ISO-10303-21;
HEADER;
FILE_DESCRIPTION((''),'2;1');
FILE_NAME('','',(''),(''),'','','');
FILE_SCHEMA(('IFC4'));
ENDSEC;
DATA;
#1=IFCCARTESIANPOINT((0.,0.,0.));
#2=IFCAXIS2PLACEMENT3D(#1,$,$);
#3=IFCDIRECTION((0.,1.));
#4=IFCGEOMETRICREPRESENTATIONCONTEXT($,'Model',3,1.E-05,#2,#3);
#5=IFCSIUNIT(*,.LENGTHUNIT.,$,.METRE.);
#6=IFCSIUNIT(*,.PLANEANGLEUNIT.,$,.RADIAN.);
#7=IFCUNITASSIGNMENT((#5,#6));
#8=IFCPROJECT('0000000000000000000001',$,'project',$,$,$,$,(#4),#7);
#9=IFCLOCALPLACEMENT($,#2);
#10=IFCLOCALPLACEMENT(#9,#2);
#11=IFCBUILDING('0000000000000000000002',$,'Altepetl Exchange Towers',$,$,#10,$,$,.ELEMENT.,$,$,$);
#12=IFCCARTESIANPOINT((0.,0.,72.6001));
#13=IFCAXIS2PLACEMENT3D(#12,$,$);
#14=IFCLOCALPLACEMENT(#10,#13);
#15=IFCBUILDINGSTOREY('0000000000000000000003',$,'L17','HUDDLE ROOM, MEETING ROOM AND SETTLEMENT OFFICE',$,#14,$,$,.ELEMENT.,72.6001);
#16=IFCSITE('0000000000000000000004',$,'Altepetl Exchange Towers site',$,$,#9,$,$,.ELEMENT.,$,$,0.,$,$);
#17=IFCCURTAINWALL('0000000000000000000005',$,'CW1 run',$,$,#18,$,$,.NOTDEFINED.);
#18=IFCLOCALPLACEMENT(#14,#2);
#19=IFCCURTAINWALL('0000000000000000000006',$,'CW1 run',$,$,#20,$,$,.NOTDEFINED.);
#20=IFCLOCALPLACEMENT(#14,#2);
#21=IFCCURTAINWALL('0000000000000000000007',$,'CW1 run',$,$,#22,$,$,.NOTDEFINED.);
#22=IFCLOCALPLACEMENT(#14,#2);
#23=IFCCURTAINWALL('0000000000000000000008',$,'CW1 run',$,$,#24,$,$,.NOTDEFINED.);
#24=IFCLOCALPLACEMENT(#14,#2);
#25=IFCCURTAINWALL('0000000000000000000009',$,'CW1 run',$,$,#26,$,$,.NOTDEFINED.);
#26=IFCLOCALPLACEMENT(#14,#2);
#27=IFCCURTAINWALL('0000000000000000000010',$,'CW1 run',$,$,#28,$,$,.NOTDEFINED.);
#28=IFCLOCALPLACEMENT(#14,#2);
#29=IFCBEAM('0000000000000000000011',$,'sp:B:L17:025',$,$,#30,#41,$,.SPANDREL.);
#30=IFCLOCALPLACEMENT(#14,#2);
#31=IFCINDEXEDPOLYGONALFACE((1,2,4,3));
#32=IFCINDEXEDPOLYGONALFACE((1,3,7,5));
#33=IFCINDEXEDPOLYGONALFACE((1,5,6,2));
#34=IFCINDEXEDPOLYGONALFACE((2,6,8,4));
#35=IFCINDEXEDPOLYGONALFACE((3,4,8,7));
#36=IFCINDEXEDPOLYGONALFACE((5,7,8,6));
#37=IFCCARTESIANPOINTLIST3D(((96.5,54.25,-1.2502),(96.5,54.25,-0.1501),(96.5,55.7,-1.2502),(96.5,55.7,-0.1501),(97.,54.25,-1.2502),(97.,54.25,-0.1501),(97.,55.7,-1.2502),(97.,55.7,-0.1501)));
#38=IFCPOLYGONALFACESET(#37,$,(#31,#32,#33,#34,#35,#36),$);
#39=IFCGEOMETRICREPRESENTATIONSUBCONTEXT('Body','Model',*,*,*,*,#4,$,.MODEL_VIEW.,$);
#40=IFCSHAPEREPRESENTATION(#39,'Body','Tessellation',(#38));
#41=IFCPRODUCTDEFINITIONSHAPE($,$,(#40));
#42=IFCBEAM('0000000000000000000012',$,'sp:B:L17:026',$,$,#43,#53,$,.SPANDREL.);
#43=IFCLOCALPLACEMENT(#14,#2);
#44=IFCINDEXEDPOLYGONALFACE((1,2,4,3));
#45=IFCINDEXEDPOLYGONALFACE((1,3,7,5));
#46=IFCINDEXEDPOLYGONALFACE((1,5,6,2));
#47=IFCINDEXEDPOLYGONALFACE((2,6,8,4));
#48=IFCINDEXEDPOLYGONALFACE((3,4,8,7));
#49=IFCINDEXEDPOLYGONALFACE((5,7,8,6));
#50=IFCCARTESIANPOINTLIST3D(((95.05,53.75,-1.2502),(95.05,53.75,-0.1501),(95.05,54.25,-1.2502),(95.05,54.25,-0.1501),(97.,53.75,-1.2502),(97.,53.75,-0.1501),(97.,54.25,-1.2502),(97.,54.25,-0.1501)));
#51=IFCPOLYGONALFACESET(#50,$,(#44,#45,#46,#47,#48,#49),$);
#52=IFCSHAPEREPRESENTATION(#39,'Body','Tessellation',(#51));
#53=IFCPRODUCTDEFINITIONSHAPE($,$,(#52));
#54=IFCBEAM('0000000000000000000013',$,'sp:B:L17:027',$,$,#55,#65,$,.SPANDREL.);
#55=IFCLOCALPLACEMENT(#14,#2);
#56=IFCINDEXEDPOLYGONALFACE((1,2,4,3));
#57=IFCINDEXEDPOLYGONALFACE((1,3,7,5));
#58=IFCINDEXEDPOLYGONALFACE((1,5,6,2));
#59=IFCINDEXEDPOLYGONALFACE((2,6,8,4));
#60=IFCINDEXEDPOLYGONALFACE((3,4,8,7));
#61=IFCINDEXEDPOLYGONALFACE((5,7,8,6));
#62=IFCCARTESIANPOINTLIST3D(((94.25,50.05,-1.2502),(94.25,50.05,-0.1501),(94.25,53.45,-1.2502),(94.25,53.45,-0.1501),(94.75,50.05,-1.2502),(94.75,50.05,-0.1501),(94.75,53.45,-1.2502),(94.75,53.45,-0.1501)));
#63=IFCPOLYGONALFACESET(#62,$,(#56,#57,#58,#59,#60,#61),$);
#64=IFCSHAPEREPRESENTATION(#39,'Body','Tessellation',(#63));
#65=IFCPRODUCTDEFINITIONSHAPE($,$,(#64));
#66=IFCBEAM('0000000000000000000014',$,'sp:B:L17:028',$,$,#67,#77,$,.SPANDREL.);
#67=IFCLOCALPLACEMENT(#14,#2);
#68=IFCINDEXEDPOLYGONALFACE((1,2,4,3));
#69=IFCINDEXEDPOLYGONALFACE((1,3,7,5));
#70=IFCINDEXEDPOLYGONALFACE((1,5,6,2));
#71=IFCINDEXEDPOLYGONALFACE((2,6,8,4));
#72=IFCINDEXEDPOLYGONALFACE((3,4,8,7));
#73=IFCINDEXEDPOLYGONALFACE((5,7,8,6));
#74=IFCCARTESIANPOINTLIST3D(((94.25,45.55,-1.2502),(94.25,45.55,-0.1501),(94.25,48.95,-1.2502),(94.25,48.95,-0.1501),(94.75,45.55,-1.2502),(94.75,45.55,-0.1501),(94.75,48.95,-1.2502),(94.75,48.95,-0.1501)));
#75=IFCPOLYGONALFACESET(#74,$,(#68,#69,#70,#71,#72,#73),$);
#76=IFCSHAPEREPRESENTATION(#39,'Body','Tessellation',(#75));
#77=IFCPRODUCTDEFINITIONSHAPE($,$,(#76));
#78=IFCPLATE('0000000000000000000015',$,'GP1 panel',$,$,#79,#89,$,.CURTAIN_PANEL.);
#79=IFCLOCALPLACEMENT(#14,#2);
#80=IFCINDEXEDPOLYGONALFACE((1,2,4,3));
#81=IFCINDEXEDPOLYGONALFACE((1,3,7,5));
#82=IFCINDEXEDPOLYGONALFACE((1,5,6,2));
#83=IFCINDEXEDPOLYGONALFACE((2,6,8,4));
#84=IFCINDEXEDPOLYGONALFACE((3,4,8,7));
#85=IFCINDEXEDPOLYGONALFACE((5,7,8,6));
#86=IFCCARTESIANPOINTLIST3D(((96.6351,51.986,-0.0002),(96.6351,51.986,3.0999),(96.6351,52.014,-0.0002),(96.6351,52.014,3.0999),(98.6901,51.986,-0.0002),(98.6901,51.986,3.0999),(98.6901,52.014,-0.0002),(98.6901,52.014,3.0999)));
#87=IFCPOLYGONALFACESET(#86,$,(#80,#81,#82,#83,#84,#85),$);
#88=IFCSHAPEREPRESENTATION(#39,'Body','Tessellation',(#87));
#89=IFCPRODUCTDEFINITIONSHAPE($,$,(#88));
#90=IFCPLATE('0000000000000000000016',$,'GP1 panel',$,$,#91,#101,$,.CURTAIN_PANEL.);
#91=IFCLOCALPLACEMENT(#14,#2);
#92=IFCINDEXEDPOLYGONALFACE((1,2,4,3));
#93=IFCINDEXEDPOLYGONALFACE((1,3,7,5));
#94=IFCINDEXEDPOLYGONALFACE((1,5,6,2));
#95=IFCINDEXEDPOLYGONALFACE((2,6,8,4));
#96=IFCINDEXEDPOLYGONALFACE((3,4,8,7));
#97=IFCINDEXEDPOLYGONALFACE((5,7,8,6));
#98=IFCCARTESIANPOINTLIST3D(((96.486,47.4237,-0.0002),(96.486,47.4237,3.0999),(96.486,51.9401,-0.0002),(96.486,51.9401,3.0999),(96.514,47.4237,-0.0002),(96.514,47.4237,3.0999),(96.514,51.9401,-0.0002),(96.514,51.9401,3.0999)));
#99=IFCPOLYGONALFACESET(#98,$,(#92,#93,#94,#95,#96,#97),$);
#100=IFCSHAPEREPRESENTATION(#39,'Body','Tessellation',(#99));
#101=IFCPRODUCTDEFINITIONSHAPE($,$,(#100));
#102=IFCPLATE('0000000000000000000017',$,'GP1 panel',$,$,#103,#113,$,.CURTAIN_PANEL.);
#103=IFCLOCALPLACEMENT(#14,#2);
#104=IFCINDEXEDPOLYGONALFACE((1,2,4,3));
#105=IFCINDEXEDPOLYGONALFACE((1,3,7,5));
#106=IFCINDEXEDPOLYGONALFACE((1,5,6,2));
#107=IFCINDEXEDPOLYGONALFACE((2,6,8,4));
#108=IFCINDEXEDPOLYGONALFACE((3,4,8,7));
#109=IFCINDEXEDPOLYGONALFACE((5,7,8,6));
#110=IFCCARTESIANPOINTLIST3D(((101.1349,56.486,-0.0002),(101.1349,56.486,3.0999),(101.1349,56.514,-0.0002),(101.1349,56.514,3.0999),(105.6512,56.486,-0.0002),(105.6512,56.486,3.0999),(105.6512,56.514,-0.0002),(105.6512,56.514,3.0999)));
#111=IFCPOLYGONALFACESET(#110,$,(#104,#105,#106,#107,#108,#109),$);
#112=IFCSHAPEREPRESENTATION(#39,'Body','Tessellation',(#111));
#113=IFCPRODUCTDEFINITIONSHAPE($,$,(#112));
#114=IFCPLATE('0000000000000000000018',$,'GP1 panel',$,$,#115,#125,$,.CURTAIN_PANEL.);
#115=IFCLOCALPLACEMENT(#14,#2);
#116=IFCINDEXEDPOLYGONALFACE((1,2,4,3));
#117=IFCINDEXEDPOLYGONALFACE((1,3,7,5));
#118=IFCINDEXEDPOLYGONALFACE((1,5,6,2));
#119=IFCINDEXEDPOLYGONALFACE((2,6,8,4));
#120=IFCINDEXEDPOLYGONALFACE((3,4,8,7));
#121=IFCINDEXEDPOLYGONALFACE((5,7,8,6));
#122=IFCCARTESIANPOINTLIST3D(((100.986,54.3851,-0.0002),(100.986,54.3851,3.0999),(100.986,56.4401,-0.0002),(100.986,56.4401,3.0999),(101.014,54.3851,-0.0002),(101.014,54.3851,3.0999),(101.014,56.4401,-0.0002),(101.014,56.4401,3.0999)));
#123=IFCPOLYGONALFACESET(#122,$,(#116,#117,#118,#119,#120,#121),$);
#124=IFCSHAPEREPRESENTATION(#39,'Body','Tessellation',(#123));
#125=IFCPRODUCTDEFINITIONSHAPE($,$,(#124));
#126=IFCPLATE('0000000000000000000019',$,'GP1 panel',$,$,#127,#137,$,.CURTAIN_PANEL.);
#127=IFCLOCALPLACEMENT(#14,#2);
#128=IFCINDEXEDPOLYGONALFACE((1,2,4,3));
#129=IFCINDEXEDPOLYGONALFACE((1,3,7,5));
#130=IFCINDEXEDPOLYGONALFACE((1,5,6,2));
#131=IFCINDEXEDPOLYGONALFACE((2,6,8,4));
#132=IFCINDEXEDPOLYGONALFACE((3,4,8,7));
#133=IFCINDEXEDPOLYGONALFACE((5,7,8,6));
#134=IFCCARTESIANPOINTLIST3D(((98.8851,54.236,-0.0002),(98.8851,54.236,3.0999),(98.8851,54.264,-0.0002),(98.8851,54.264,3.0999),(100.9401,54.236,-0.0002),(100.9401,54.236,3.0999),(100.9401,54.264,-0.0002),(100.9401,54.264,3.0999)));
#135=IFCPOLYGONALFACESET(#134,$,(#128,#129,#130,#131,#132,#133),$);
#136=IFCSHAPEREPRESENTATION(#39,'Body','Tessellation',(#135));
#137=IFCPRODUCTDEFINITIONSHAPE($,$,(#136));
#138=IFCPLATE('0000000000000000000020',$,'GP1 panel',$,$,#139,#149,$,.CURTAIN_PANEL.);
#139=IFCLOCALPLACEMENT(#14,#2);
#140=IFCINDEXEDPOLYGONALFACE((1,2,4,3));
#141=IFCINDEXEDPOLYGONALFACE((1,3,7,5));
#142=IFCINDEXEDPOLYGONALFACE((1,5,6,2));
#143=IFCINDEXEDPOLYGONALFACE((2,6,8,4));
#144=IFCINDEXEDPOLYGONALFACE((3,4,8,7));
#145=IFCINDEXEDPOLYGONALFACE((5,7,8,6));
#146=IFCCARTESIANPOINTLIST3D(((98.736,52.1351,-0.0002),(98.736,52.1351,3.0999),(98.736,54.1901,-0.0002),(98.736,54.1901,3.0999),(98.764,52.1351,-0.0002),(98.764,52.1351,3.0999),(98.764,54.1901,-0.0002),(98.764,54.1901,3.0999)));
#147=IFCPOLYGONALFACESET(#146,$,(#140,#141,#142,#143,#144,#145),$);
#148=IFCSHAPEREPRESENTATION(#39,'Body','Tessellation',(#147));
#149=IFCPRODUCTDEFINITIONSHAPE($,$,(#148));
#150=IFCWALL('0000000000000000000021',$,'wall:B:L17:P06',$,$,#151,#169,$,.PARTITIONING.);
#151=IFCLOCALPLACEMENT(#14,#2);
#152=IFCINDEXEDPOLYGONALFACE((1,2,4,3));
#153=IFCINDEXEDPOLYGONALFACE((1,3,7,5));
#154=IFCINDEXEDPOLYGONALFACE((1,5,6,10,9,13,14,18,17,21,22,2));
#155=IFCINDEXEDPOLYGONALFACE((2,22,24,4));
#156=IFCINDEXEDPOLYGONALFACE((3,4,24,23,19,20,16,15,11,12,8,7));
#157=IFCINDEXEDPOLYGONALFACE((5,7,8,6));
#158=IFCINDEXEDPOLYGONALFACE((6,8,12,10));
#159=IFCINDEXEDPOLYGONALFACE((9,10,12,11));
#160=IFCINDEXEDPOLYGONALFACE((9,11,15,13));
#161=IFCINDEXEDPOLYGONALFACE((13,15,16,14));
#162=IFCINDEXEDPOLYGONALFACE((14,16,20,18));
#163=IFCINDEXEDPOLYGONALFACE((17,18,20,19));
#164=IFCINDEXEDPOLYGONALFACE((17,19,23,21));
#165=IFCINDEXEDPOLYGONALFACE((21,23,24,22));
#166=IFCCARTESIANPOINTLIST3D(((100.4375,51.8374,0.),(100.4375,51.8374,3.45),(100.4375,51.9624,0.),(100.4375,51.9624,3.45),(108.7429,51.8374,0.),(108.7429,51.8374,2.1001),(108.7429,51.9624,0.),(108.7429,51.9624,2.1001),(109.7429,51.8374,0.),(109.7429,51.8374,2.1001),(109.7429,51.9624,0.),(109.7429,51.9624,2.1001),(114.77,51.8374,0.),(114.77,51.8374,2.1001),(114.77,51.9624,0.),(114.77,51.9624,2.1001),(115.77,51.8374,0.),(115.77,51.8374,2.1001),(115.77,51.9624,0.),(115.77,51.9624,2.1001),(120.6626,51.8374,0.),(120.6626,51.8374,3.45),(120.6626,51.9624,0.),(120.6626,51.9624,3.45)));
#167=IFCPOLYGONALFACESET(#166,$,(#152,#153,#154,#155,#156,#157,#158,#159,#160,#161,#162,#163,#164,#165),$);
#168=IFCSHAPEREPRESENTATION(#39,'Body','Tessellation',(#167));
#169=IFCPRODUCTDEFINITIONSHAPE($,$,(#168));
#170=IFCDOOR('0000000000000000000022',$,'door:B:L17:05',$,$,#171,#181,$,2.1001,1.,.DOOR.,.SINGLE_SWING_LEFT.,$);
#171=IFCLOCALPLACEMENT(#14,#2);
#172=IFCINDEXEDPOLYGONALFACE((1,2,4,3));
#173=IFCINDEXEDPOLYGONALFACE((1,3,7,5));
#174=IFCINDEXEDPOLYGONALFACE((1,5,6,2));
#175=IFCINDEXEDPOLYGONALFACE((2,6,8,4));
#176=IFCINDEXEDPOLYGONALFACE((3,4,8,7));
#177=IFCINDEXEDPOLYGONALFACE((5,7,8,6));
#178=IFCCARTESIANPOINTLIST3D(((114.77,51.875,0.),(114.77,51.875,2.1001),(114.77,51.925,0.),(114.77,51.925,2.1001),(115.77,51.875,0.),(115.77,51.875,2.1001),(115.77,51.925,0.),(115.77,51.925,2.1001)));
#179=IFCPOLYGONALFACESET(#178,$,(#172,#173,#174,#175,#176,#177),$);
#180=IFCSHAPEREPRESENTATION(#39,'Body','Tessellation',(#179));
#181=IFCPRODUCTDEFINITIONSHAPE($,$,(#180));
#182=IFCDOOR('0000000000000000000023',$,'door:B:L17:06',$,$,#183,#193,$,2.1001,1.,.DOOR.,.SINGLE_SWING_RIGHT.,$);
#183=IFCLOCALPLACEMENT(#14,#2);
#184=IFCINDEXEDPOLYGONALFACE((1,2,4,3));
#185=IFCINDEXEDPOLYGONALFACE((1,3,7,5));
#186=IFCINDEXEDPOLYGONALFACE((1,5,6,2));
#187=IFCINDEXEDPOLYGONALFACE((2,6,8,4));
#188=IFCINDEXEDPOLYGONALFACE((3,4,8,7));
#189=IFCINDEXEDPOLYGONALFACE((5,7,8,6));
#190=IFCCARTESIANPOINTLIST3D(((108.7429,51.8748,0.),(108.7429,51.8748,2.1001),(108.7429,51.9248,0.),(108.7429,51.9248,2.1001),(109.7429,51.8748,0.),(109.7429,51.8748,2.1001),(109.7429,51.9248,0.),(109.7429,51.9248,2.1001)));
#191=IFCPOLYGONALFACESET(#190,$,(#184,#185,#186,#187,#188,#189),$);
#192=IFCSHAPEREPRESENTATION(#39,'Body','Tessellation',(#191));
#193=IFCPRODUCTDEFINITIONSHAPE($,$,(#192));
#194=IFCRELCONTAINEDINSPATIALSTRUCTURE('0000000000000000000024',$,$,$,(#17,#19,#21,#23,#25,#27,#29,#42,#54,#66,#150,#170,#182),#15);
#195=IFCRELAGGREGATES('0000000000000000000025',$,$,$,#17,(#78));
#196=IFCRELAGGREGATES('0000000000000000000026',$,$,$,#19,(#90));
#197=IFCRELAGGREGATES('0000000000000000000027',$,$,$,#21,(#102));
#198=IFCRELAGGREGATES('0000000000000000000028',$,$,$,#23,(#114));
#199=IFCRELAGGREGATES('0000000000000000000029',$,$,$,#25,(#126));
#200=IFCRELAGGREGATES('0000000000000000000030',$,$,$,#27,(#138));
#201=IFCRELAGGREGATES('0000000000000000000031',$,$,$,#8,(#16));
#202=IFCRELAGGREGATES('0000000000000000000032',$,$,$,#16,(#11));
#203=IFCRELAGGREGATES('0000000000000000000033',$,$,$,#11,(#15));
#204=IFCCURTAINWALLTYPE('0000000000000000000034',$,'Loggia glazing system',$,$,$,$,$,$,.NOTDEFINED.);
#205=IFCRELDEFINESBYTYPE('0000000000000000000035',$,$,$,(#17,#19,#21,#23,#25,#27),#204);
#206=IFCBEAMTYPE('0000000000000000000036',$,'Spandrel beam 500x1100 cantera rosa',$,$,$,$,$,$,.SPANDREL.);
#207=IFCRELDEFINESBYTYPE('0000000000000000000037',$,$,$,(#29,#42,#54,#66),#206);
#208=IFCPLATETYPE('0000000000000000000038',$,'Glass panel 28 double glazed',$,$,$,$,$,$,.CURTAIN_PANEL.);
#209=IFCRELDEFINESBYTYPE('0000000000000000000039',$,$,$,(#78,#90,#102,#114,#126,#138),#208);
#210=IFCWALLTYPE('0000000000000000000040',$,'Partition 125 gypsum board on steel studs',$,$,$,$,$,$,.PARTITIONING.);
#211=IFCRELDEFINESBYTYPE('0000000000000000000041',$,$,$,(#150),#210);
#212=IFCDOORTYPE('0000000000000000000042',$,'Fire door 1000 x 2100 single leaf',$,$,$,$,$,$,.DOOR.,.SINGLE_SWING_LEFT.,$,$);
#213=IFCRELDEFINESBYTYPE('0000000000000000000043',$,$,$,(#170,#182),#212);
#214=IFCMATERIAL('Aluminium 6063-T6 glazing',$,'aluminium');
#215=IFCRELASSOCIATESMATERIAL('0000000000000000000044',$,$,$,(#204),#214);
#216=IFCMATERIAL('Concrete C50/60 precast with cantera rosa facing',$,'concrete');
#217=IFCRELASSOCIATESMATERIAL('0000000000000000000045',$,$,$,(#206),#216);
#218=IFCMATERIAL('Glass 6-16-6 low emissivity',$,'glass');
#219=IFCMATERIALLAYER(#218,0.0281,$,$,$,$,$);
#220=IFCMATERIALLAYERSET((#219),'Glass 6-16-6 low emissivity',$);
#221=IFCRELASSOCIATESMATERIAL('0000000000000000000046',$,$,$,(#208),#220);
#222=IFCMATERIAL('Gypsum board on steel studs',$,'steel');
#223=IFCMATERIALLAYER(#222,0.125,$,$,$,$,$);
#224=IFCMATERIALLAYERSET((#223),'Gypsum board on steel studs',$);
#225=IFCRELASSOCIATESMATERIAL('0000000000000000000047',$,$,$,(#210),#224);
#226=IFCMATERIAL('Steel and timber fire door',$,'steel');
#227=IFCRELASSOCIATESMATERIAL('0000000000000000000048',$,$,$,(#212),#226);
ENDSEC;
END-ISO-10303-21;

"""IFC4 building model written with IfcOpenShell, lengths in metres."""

from ifc_helpers import new_model, si_unit, direction, frame, frame_2d, origin, origin_2d, place, context, subcontext, project, spatial, rectangle, extrude, material, layer, layer_set, material_profile, profile_set, type_object, element, fill, aggregate, save


model = new_model("IFC4")

# Units and contexts
model_context = context("Model", 3, precision=1e-05, world=origin(), true_north=direction((0.0, 1.0)))
body_context = subcontext(model_context, "Body", "Model", "MODEL_VIEW")
ifc_project = project(units=[si_unit("LENGTHUNIT", "METRE"), si_unit("PLANEANGLEUNIT", "RADIAN")], contexts=[model_context])

# Site, building, storey
site_placement = place(None, origin())
site = spatial("IfcSite", under=ifc_project, at=site_placement, Name="Altepetl Exchange Towers site", CompositionType="ELEMENT", RefElevation=0.0)
building_placement = place(site_placement, origin())
building = spatial("IfcBuilding", under=site, at=building_placement, Name="Altepetl Exchange Towers", CompositionType="ELEMENT")
storey_placement = place(building_placement, frame((0.0, 0.0, 72.6001)))
storey = spatial("IfcBuildingStorey", under=building, at=storey_placement, Name="L17", Description="HUDDLE ROOM, MEETING ROOM AND SETTLEMENT OFFICE", CompositionType="ELEMENT", Elevation=72.6001)

# Curtain walls
ifc_material_1 = material(Name="Aluminium 6063-T6 glazing", Category="aluminium")
curtain_wall_type = type_object("IfcCurtainWallType", Name="Loggia glazing system", PredefinedType="NOTDEFINED", material=ifc_material_1)
curtain_wall_1_placement = place(storey_placement, origin())
curtain_wall_1 = element("IfcCurtainWall", 1, at=curtain_wall_1_placement, inside=storey, type_object=curtain_wall_type, Name="CW1 run", PredefinedType="NOTDEFINED")
curtain_wall_2_placement = place(storey_placement, origin())
curtain_wall_2 = element("IfcCurtainWall", 2, at=curtain_wall_2_placement, inside=storey, type_object=curtain_wall_type, Name="CW1 run", PredefinedType="NOTDEFINED")

# Curtain wall
curtain_wall_3_placement = place(storey_placement, origin())
curtain_wall_3 = element("IfcCurtainWall", 3, at=curtain_wall_3_placement, inside=storey, type_object=curtain_wall_type, Name="CW1 run", PredefinedType="NOTDEFINED")

# Curtain walls
curtain_wall_4_placement = place(storey_placement, origin())
curtain_wall_4 = element("IfcCurtainWall", 4, at=curtain_wall_4_placement, inside=storey, type_object=curtain_wall_type, Name="CW1 run", PredefinedType="NOTDEFINED")
curtain_wall_5_placement = place(storey_placement, origin())
curtain_wall_5 = element("IfcCurtainWall", 5, at=curtain_wall_5_placement, inside=storey, type_object=curtain_wall_type, Name="CW1 run", PredefinedType="NOTDEFINED")
curtain_wall_6_placement = place(storey_placement, origin())
curtain_wall_6 = element("IfcCurtainWall", 6, at=curtain_wall_6_placement, inside=storey, type_object=curtain_wall_type, Name="CW1 run", PredefinedType="NOTDEFINED")

# Beams
ifc_material_2 = material(Name="Concrete C50/60 precast with cantera rosa facing", Category="concrete")
ifc_material_profile_1 = material_profile(ifc_material_2, rectangle(XDim=0.5, YDim=1.1001, at=origin_2d()), Name="500 x 1100")
ifc_profile_set_1 = profile_set([ifc_material_profile_1], Name="Concrete C50/60 precast with cantera rosa facing")
beam_type_1 = type_object("IfcBeamType", Name="Spandrel beam 500x1100 cantera rosa", PredefinedType="SPANDREL", material=ifc_profile_set_1)
beam_1_placement = place(storey_placement, frame((96.75, 55.7, -0.7002), z_axis=(0.0, -1.0, 0.0), x_axis=(1.0, 0.0, 0.0)))
element("IfcBeam", 7, at=beam_1_placement, inside=storey, type_object=beam_type_1, Name="sp:B:L17:025", PredefinedType="SPANDREL", context=body_context, shape_type="SweptSolid", body=[
    extrude(rectangle(XDim=0.5, YDim=1.1001, at=origin_2d()), origin(), (0.0, 0.0, 1.0), 1.45),
])
beam_2_placement = place(storey_placement, frame((97.0, 54.0, -0.7002), z_axis=(-1.0, 0.0, 0.0), x_axis=(0.0, -1.0, 0.0)))
element("IfcBeam", 8, at=beam_2_placement, inside=storey, type_object=beam_type_1, Name="sp:B:L17:026", PredefinedType="SPANDREL", context=body_context, shape_type="SweptSolid", body=[
    extrude(rectangle(XDim=0.5, YDim=1.1001, at=origin_2d()), origin(), (0.0, 0.0, 1.0), 1.95),
])
for number, where, z_axis, x_axis, name in (
    (9, (94.5, 53.45, -0.7002), (0.0, -1.0, 0.0), (1.0, 0.0, 0.0), "sp:B:L17:027"),
    (10, (94.5, 48.95, -0.7002), (0.0, -1.0, 0.0), (1.0, 0.0, 0.0), "sp:B:L17:028"),
):
    element("IfcBeam", number, at=place(storey_placement, frame(where, z_axis=z_axis, x_axis=x_axis)), inside=storey, type_object=beam_type_1, Name=name, PredefinedType="SPANDREL", context=body_context, shape_type="SweptSolid", body=[
        extrude(rectangle(XDim=0.5, YDim=1.1001, at=origin_2d()), origin(), (0.0, 0.0, 1.0), 3.3999),
    ])

# Plates
ifc_material_3 = material(Name="Glass 6-16-6 low emissivity", Category="glass")
ifc_layer_1 = layer(ifc_material_3, 0.0281)
ifc_layer_set_1 = layer_set([ifc_layer_1], Name="Glass 6-16-6 low emissivity")
plate_type = type_object("IfcPlateType", Name="Glass panel 28 double glazed", PredefinedType="CURTAIN_PANEL", material=ifc_layer_set_1)
plate_1_placement = place(storey_placement, frame((97.6626, 52.0, -0.0002), z_axis=(0.0, 0.0, 1.0), x_axis=(-1.0, 0.0, 0.0)))
plate_1 = element("IfcPlate", 11, at=plate_1_placement, type_object=plate_type, Name="GP1 panel", PredefinedType="CURTAIN_PANEL", context=body_context, shape_type="SweptSolid", body=[
    extrude(rectangle(XDim=2.0549, YDim=0.0281, at=origin_2d()), origin(), (0.0, 0.0, 1.0), 3.1001),
])
aggregate(curtain_wall_1, [plate_1])
plate_2_placement = place(storey_placement, frame((96.5, 49.6819, -0.0002), z_axis=(0.0, 0.0, 1.0), x_axis=(0.0, -1.0, 0.0)))
plate_2 = element("IfcPlate", 12, at=plate_2_placement, type_object=plate_type, Name="GP1 panel", PredefinedType="CURTAIN_PANEL", context=body_context, shape_type="SweptSolid", body=[
    extrude(rectangle(XDim=4.5164, YDim=0.0281, at=origin_2d()), origin(), (0.0, 0.0, 1.0), 3.1001),
])
aggregate(curtain_wall_2, [plate_2])
plate_3_placement = place(storey_placement, frame((103.3931, 56.5, -0.0002), z_axis=(0.0, 0.0, 1.0), x_axis=(-1.0, 0.0, 0.0)))
plate_3 = element("IfcPlate", 13, at=plate_3_placement, type_object=plate_type, Name="GP1 panel", PredefinedType="CURTAIN_PANEL", context=body_context, shape_type="SweptSolid", body=[
    extrude(rectangle(XDim=4.5164, YDim=0.0281, at=origin_2d()), origin(), (0.0, 0.0, 1.0), 3.1001),
])
aggregate(curtain_wall_3, [plate_3])
plate_4_placement = place(storey_placement, frame((101.0, 55.4126, -0.0002), z_axis=(0.0, 0.0, 1.0), x_axis=(0.0, -1.0, 0.0)))
plate_4 = element("IfcPlate", 14, at=plate_4_placement, type_object=plate_type, Name="GP1 panel", PredefinedType="CURTAIN_PANEL", context=body_context, shape_type="SweptSolid", body=[
    extrude(rectangle(XDim=2.0549, YDim=0.0281, at=origin_2d()), origin(), (0.0, 0.0, 1.0), 3.1001),
])
aggregate(curtain_wall_4, [plate_4])
plate_5_placement = place(storey_placement, frame((99.9126, 54.25, -0.0002), z_axis=(0.0, 0.0, 1.0), x_axis=(-1.0, 0.0, 0.0)))
plate_5 = element("IfcPlate", 15, at=plate_5_placement, type_object=plate_type, Name="GP1 panel", PredefinedType="CURTAIN_PANEL", context=body_context, shape_type="SweptSolid", body=[
    extrude(rectangle(XDim=2.0549, YDim=0.0281, at=origin_2d()), origin(), (0.0, 0.0, 1.0), 3.1001),
])
aggregate(curtain_wall_5, [plate_5])
plate_6_placement = place(storey_placement, frame((98.75, 53.1626, -0.0002), z_axis=(0.0, 0.0, 1.0), x_axis=(0.0, -1.0, 0.0)))
plate_6 = element("IfcPlate", 16, at=plate_6_placement, type_object=plate_type, Name="GP1 panel", PredefinedType="CURTAIN_PANEL", context=body_context, shape_type="SweptSolid", body=[
    extrude(rectangle(XDim=2.0549, YDim=0.0281, at=origin_2d()), origin(), (0.0, 0.0, 1.0), 3.1001),
])
aggregate(curtain_wall_6, [plate_6])

# Wall, openings, doors
ifc_material_4 = material(Name="Gypsum board on steel studs", Category="steel")
ifc_layer_2 = layer(ifc_material_4, 0.125)
ifc_layer_set_2 = layer_set([ifc_layer_2], Name="Gypsum board on steel studs")
wall_type = type_object("IfcWallType", Name="Partition 125 gypsum board on steel studs", PredefinedType="PARTITIONING", material=ifc_layer_set_2)
wall_placement = place(storey_placement, frame((100.4375, 51.8999, 0.0)))
wall = element("IfcWall", 17, at=wall_placement, inside=storey, type_object=wall_type, Name="wall:B:L17:P06", PredefinedType="PARTITIONING", context=body_context, shape_type="SweptSolid", body=[
    extrude(rectangle(XDim=20.2251, YDim=0.125, at=frame_2d((10.1125, 0.0))), origin(), (0.0, 0.0, 1.0), 3.45),
])
opening_1_placement = place(wall_placement, frame((14.3325, 0.0, 0.0)))
opening_1 = element("IfcOpeningElement", 18, at=opening_1_placement, cuts=wall, PredefinedType="OPENING", context=body_context, shape_type="SweptSolid", body=[
    extrude(rectangle(XDim=1.0, YDim=2.1001, at=frame_2d((0.5, 1.05))), frame((0.0, 0.0725, 0.0), z_axis=(0.0, -1.0, 0.0), x_axis=(1.0, 0.0, 0.0)), (0.0, 0.0, 1.0), 0.145),
])
opening_2_placement = place(wall_placement, frame((8.3054, 0.0, 0.0)))
opening_2 = element("IfcOpeningElement", 19, at=opening_2_placement, cuts=wall, PredefinedType="OPENING", context=body_context, shape_type="SweptSolid", body=[
    extrude(rectangle(XDim=1.0, YDim=2.1001, at=frame_2d((0.5, 1.05))), frame((0.0, 0.0725, 0.0), z_axis=(0.0, -1.0, 0.0), x_axis=(1.0, 0.0, 0.0)), (0.0, 0.0, 1.0), 0.145),
])
ifc_material_5 = material(Name="Steel and timber fire door", Category="steel")
door_type = type_object("IfcDoorType", Name="Fire door 1000 x 2100 single leaf", OperationType="SINGLE_SWING_LEFT", PredefinedType="DOOR", material=ifc_material_5)
door_1_placement = place(opening_1_placement, frame((1.0, 0.0, 0.0), x_axis=(-1.0, 0.0, 0.0)))
door_1 = element("IfcDoor", 20, at=door_1_placement, inside=storey, type_object=door_type, Name="door:B:L17:05", OperationType="SINGLE_SWING_LEFT", OverallHeight=2.1001, OverallWidth=1.0, PredefinedType="DOOR", context=body_context, shape_type="SweptSolid", body=[
    extrude(rectangle(XDim=1.0, YDim=2.1001, at=frame_2d((0.5, 1.05))), frame((0.0, 0.0249, 0.0), z_axis=(0.0, -1.0, 0.0), x_axis=(1.0, 0.0, 0.0)), (0.0, 0.0, 1.0), 0.05),
])
fill(opening_1, door_1)
door_2_placement = place(opening_2_placement, origin())
door_2 = element("IfcDoor", 21, at=door_2_placement, inside=storey, type_object=door_type, Name="door:B:L17:06", OperationType="SINGLE_SWING_RIGHT", OverallHeight=2.1001, OverallWidth=1.0, PredefinedType="DOOR", context=body_context, shape_type="SweptSolid", body=[
    extrude(rectangle(XDim=1.0, YDim=2.1001, at=frame_2d((0.5, 1.05))), frame((0.0, 0.0249, 0.0), z_axis=(0.0, -1.0, 0.0), x_axis=(1.0, 0.0, 0.0)), (0.0, 0.0, 1.0), 0.05),
])
fill(opening_2, door_2)

save(model, "model.ifc")
